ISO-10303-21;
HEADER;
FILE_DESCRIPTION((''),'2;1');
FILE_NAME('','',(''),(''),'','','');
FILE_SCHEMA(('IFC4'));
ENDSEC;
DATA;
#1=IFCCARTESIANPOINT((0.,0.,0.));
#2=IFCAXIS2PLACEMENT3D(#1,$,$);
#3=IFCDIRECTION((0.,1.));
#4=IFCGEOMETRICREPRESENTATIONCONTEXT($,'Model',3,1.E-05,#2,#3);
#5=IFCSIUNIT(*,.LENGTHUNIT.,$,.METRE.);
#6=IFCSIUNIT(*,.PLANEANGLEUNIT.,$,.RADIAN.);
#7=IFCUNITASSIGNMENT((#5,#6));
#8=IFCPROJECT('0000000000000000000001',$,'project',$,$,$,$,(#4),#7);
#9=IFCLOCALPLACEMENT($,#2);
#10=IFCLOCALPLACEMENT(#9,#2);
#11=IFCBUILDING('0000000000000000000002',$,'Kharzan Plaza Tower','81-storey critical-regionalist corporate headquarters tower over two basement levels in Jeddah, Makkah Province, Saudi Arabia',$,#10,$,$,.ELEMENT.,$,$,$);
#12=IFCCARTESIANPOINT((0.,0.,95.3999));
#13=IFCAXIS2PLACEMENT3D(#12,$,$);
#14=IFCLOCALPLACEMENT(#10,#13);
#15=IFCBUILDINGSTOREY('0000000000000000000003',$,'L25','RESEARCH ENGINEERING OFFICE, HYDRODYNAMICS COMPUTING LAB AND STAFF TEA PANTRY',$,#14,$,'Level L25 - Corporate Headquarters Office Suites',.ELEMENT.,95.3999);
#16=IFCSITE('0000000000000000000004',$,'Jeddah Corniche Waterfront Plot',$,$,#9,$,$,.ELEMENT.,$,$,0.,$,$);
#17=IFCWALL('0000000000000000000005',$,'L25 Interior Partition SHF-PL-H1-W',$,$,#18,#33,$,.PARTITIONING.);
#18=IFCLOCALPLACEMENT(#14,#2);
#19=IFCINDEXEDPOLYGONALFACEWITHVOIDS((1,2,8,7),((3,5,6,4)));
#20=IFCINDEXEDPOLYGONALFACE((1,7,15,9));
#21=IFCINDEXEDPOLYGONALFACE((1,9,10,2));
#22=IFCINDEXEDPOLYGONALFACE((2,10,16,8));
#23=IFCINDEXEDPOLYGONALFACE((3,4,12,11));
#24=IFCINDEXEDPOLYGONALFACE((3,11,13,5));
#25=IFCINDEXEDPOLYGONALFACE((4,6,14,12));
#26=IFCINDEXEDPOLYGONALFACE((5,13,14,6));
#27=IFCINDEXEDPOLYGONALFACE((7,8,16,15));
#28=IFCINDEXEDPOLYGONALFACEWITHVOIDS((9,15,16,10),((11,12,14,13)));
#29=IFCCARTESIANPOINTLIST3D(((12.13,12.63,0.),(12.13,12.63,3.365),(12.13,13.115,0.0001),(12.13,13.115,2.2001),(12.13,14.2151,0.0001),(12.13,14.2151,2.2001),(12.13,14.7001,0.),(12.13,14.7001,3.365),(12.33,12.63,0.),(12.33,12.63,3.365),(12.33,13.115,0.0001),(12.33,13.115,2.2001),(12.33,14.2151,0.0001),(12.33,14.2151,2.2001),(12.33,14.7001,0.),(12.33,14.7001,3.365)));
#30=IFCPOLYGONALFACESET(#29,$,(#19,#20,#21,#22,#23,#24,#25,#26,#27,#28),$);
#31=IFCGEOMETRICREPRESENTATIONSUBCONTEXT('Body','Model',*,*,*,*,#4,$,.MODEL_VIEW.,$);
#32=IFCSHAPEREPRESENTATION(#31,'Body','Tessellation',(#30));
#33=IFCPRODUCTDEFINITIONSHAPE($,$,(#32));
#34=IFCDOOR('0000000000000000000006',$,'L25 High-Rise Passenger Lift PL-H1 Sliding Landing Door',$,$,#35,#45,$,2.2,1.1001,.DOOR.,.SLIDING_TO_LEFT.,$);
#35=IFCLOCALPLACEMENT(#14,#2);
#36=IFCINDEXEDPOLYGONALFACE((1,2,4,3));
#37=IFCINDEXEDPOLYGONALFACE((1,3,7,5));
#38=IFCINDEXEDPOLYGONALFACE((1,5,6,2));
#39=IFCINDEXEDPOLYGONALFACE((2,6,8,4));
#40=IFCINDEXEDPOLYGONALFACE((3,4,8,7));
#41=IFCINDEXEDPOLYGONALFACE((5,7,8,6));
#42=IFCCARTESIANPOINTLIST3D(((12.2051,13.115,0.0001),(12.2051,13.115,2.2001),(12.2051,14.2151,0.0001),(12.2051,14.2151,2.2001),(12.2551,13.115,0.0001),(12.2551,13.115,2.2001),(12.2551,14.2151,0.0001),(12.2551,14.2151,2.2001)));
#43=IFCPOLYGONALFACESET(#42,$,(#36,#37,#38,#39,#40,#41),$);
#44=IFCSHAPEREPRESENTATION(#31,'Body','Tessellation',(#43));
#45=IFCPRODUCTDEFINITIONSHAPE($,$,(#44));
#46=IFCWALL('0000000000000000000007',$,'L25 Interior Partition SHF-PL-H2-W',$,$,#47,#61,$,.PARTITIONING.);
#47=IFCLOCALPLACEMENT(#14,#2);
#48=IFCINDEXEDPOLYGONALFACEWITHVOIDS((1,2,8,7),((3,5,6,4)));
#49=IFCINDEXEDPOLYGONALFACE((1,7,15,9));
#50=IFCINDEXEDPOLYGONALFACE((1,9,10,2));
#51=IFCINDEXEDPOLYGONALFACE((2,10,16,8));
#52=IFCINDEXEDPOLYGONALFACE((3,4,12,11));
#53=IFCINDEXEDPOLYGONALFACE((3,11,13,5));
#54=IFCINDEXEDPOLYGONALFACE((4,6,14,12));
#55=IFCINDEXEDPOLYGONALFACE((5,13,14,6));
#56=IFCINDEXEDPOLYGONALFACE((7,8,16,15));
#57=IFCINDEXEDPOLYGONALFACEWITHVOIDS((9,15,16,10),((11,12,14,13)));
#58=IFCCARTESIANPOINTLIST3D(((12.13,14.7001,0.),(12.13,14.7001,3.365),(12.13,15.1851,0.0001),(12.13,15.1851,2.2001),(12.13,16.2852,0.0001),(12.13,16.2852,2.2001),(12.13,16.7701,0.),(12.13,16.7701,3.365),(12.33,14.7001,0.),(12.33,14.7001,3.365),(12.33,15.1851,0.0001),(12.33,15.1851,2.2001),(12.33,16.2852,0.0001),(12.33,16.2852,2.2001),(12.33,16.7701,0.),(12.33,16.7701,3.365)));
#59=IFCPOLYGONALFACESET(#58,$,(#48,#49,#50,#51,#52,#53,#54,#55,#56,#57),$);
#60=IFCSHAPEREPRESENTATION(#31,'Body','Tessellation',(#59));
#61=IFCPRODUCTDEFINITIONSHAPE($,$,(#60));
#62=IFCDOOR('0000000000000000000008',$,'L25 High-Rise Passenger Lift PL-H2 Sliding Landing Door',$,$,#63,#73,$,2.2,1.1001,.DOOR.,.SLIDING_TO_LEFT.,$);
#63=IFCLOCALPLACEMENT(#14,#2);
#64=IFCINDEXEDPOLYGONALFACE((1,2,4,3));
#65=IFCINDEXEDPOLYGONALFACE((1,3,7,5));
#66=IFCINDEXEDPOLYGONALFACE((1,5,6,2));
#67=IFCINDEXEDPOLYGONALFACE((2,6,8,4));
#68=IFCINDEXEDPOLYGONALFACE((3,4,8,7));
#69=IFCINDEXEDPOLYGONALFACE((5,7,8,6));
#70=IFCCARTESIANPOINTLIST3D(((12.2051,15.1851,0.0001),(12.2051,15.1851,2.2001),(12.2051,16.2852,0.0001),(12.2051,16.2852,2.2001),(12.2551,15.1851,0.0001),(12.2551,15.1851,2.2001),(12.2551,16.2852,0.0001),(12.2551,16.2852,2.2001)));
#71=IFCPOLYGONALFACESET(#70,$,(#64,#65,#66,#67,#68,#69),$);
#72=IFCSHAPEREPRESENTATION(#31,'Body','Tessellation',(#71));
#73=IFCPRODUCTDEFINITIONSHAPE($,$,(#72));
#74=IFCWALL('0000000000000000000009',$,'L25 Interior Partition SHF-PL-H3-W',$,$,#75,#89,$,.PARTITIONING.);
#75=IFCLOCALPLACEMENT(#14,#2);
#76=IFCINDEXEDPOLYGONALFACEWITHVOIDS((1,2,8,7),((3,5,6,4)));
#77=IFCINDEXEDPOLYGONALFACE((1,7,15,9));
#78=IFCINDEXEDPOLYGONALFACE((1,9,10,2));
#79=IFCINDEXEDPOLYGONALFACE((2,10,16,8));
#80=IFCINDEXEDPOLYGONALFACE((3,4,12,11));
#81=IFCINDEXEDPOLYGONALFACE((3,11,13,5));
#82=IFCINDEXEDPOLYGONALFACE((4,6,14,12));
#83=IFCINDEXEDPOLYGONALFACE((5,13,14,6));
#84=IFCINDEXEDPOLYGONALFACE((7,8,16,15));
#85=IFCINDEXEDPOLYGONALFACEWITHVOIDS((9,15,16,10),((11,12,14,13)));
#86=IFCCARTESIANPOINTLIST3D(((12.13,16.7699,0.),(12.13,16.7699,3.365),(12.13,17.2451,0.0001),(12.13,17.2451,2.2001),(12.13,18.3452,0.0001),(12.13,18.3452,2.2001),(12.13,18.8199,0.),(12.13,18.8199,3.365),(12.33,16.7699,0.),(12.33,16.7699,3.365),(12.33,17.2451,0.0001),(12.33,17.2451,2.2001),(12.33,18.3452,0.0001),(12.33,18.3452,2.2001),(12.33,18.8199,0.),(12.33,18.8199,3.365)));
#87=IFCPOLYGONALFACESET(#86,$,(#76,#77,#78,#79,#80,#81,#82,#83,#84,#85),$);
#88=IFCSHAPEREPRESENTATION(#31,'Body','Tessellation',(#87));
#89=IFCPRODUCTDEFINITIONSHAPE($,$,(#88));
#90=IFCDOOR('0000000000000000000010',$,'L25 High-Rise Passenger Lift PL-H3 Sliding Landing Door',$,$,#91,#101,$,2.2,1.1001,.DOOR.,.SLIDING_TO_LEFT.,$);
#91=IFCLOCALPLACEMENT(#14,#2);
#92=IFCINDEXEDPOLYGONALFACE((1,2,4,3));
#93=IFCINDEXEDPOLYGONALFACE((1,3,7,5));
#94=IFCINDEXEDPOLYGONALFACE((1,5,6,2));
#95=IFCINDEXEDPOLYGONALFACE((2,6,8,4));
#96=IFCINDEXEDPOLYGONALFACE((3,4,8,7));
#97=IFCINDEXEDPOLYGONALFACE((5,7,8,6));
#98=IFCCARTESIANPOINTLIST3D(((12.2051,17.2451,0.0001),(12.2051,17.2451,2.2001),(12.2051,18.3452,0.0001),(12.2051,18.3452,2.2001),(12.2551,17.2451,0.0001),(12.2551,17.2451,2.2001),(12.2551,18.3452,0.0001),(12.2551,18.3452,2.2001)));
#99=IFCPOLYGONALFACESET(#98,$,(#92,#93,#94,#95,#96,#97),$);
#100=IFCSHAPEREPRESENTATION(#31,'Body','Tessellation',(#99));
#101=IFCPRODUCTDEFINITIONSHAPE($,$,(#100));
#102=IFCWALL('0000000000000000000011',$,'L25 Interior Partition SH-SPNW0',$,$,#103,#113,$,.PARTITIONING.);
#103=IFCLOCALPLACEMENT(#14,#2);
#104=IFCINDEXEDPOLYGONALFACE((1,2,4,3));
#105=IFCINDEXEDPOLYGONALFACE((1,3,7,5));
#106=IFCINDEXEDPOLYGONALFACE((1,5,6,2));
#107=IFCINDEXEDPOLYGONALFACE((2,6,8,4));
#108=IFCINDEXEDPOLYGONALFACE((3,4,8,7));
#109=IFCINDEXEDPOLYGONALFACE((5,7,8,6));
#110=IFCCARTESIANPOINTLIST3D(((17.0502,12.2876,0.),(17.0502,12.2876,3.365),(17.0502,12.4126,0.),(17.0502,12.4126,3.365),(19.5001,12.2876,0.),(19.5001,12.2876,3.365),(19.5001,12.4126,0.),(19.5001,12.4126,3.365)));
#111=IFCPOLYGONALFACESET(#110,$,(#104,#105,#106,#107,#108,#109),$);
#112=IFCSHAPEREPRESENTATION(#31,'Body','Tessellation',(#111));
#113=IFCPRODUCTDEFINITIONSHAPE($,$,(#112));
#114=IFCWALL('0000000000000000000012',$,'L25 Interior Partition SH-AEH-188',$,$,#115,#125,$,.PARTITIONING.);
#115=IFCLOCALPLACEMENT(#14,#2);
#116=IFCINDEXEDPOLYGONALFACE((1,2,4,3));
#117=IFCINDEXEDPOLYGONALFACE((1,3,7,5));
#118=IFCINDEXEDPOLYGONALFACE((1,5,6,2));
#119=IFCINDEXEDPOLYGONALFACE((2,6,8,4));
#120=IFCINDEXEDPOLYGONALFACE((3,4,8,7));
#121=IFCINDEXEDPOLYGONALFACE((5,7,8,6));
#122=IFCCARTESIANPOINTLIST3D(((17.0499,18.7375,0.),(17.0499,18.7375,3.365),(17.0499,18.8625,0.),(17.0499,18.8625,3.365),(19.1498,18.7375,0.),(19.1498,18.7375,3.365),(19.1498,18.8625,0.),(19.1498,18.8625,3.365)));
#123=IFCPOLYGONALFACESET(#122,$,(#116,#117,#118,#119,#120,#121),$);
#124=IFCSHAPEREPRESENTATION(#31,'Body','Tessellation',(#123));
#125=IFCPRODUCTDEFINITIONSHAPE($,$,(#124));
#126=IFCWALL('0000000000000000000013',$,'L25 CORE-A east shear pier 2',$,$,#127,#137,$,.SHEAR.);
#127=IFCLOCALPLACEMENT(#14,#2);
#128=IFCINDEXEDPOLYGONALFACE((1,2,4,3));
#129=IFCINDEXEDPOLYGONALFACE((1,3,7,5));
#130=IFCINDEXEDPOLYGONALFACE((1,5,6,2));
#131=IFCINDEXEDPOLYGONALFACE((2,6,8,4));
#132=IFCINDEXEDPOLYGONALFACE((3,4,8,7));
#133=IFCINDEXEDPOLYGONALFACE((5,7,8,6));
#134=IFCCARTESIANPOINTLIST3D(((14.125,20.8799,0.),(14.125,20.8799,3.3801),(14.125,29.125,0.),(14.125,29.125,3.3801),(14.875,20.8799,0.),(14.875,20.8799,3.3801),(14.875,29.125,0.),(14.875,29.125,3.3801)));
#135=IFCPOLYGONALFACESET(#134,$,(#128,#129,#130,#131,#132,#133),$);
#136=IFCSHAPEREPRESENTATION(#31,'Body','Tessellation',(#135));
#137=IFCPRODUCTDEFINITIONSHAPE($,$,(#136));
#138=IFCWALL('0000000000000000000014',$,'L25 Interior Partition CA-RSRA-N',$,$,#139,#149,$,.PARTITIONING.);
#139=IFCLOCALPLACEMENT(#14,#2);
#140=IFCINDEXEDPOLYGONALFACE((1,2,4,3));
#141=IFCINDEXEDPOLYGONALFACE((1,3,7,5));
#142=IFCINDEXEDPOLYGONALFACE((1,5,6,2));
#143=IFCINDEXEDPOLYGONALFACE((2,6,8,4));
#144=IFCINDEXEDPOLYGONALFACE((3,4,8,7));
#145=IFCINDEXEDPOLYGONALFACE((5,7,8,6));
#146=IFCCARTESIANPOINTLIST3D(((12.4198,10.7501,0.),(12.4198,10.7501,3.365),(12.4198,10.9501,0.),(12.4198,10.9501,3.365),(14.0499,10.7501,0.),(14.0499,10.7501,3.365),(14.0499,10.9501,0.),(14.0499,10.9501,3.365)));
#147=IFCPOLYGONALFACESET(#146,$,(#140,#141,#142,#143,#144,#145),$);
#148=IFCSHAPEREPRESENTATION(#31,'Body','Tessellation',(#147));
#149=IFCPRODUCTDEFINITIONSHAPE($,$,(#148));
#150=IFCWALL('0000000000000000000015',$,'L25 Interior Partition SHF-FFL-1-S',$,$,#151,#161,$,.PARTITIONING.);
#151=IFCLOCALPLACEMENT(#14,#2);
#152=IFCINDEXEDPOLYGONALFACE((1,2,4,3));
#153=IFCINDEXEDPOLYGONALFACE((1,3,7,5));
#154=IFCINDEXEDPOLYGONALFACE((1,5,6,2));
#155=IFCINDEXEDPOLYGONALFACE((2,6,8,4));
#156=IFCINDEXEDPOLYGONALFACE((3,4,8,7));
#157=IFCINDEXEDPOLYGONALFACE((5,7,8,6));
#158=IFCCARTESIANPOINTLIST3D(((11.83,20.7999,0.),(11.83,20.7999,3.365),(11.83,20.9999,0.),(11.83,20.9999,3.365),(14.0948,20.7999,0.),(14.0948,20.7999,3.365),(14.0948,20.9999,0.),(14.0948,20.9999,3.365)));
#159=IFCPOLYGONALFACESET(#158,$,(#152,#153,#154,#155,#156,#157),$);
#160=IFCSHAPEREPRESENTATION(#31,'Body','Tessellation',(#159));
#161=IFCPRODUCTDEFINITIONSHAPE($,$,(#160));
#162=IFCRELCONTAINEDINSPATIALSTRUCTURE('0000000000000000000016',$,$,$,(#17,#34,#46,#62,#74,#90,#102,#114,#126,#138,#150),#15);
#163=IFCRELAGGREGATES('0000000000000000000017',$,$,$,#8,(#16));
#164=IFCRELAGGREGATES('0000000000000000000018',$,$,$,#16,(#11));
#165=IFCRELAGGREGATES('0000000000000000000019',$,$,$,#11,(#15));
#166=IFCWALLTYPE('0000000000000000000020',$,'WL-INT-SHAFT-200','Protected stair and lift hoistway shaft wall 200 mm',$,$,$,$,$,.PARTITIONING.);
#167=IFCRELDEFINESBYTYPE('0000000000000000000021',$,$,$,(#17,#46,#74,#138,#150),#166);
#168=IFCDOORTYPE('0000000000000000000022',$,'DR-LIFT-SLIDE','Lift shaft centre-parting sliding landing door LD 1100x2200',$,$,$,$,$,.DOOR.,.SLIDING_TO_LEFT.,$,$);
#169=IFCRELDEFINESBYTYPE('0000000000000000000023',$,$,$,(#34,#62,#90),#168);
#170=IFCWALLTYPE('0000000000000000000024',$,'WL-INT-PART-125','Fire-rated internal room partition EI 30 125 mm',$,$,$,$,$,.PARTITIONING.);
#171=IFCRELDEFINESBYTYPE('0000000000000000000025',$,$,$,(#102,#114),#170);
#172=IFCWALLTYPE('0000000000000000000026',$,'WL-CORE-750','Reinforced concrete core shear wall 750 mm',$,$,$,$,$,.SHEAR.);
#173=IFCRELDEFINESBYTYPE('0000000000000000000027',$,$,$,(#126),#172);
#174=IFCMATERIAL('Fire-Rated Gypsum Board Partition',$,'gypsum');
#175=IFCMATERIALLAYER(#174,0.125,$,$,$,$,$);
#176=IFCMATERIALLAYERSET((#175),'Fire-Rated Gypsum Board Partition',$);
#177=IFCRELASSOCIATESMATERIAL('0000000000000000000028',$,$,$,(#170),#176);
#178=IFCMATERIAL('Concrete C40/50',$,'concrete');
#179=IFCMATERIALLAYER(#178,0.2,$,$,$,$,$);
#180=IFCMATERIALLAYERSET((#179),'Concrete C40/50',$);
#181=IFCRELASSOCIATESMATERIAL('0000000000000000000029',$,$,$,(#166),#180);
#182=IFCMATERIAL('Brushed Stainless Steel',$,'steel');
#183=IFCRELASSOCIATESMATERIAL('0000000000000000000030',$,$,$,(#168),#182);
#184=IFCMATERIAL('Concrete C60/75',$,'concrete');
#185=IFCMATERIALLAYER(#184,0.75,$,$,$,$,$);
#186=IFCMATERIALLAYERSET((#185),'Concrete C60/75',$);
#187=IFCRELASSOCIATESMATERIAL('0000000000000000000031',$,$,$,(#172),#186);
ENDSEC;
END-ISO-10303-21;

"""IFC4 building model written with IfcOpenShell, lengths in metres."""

from ifc_helpers import new_model, si_unit, direction, frame, frame_2d, origin, place, context, subcontext, project, spatial, rectangle, extrude, source, transform, mapped, material, layer, layer_set, type_object, element, fill, save


model = new_model("IFC4")

# Units and contexts
model_context = context("Model", 3, precision=1e-05, world=origin(), true_north=direction((0.0, 1.0)))
body_context = subcontext(model_context, "Body", "Model", "MODEL_VIEW")
ifc_project = project(units=[si_unit("LENGTHUNIT", "METRE"), si_unit("PLANEANGLEUNIT", "RADIAN")], contexts=[model_context])

# Site, building, storey
site_placement = place(None, origin())
site = spatial("IfcSite", under=ifc_project, at=site_placement, Name="Jeddah Corniche Waterfront Plot", CompositionType="ELEMENT", RefElevation=0.0)
building_placement = place(site_placement, origin())
building = spatial("IfcBuilding", under=site, at=building_placement, Name="Kharzan Plaza Tower", Description="81-storey critical-regionalist corporate headquarters tower over two basement levels in Jeddah, Makkah Province, Saudi Arabia", CompositionType="ELEMENT")
storey_placement = place(building_placement, frame((0.0, 0.0, 95.3999)))
storey = spatial("IfcBuildingStorey", under=building, at=storey_placement, Name="L25", Description="RESEARCH ENGINEERING OFFICE, HYDRODYNAMICS COMPUTING LAB AND STAFF TEA PANTRY", LongName="Level L25 - Corporate Headquarters Office Suites", CompositionType="ELEMENT", Elevation=95.3999)

# Shared definitions
ifc_material_1 = material(Name="Concrete C60/75", Category="concrete")

# Walls, openings, doors
ifc_material_2 = material(Name="Fire-Rated Gypsum Board Partition", Category="gypsum")
ifc_layer_1 = layer(ifc_material_2, 0.125)
ifc_layer_set_1 = layer_set([ifc_layer_1], Name="Fire-Rated Gypsum Board Partition")
wall_type_1 = type_object("IfcWallType", Name="WL-INT-PART-125", Description="Fire-rated internal room partition EI 30 125 mm", PredefinedType="PARTITIONING", material=ifc_layer_set_1)
ifc_material_3 = material(Name="Concrete C40/50", Category="concrete")
ifc_layer_2 = layer(ifc_material_3, 0.2)
ifc_layer_set_2 = layer_set([ifc_layer_2], Name="Concrete C40/50")
wall_type_2 = type_object("IfcWallType", Name="WL-INT-SHAFT-200", Description="Protected stair and lift hoistway shaft wall 200 mm", PredefinedType="PARTITIONING", material=ifc_layer_set_2)
ifc_material_4 = material(Name="Brushed Stainless Steel", Category="steel")
door_type_1 = type_object("IfcDoorType", Name="DR-LIFT-SLIDE", Description="Lift shaft centre-parting sliding landing door LD 1100x2200", OperationType="SLIDING_TO_LEFT", PredefinedType="DOOR", material=ifc_material_4)
shared_shape_1 = source(origin(), body_context, "Body", "SweptSolid", [
    extrude(rectangle(XDim=1.1001, YDim=2.2, at=frame_2d((0.55, 1.1001))), frame((0.0, 0.0249, 0.0), z_axis=(0.0, -1.0, 0.0), x_axis=(1.0, 0.0, 0.0)), (0.0, 0.0, 1.0), 0.05),
])
wall_1_placement = place(storey_placement, frame((12.23, 12.6299, 0.0), z_axis=(0.0, 0.0, 1.0), x_axis=(0.0, 1.0, 0.0)))
wall_1 = element("IfcWall", 1, at=wall_1_placement, inside=storey, type_object=wall_type_2, Name="L25 Interior Partition SHF-PL-H1-W", PredefinedType="PARTITIONING", context=body_context, shape_type="SweptSolid", body=[
    extrude(rectangle(XDim=2.0701, YDim=0.2, at=frame_2d((1.0352, 0.0))), origin(), (0.0, 0.0, 1.0), 3.365),
])
opening_1_placement = place(wall_1_placement, frame((0.4851, 0.0, 0.0)))
opening_1 = element("IfcOpeningElement", 2, at=opening_1_placement, cuts=wall_1, PredefinedType="OPENING", context=body_context, shape_type="SweptSolid", body=[
    extrude(rectangle(XDim=1.1001, YDim=2.2, at=frame_2d((0.55, 1.1001))), frame((0.0, 0.1099, 0.0), z_axis=(0.0, -1.0, 0.0), x_axis=(1.0, 0.0, 0.0)), (0.0, 0.0, 1.0), 0.22),
])
door_1_placement = place(opening_1_placement, origin())
door_1 = element("IfcDoor", 3, at=door_1_placement, inside=storey, type_object=door_type_1, Name="L25 High-Rise Passenger Lift PL-H1 Sliding Landing Door", OperationType="SLIDING_TO_LEFT", OverallHeight=2.2, OverallWidth=1.1001, PredefinedType="DOOR", context=body_context, shape_type="MappedRepresentation", body=[
    mapped(shared_shape_1, transform((0.0, 0.0, 0.0), x_axis=(1.0, 0.0, 0.0), y_axis=(0.0, 1.0, 0.0), z_axis=(0.0, 0.0, 1.0))),
])
fill(opening_1, door_1)
wall_2_placement = place(storey_placement, frame((12.23, 14.7, 0.0), z_axis=(0.0, 0.0, 1.0), x_axis=(0.0, 1.0, 0.0)))
wall_2 = element("IfcWall", 4, at=wall_2_placement, inside=storey, type_object=wall_type_2, Name="L25 Interior Partition SHF-PL-H2-W", PredefinedType="PARTITIONING", context=body_context, shape_type="SweptSolid", body=[
    extrude(rectangle(XDim=2.0701, YDim=0.2, at=frame_2d((1.0352, 0.0))), origin(), (0.0, 0.0, 1.0), 3.365),
])
opening_2_placement = place(wall_2_placement, frame((0.4851, 0.0, 0.0)))
opening_2 = element("IfcOpeningElement", 5, at=opening_2_placement, cuts=wall_2, PredefinedType="OPENING", context=body_context, shape_type="SweptSolid", body=[
    extrude(rectangle(XDim=1.1001, YDim=2.2, at=frame_2d((0.55, 1.1001))), frame((0.0, 0.1099, 0.0), z_axis=(0.0, -1.0, 0.0), x_axis=(1.0, 0.0, 0.0)), (0.0, 0.0, 1.0), 0.22),
])
door_2_placement = place(opening_2_placement, origin())
door_2 = element("IfcDoor", 6, at=door_2_placement, inside=storey, type_object=door_type_1, Name="L25 High-Rise Passenger Lift PL-H2 Sliding Landing Door", OperationType="SLIDING_TO_LEFT", OverallHeight=2.2, OverallWidth=1.1001, PredefinedType="DOOR", context=body_context, shape_type="MappedRepresentation", body=[
    mapped(shared_shape_1, transform((0.0, 0.0, 0.0), x_axis=(1.0, 0.0, 0.0), y_axis=(0.0, 1.0, 0.0), z_axis=(0.0, 0.0, 1.0))),
])
fill(opening_2, door_2)
wall_3_placement = place(storey_placement, frame((12.23, 16.77, 0.0), z_axis=(0.0, 0.0, 1.0), x_axis=(0.0, 1.0, 0.0)))
wall_3 = element("IfcWall", 7, at=wall_3_placement, inside=storey, type_object=wall_type_2, Name="L25 Interior Partition SHF-PL-H3-W", PredefinedType="PARTITIONING", context=body_context, shape_type="SweptSolid", body=[
    extrude(rectangle(XDim=2.05, YDim=0.2, at=frame_2d((1.0249, 0.0))), origin(), (0.0, 0.0, 1.0), 3.365),
])
opening_3_placement = place(wall_3_placement, frame((0.4751, 0.0, 0.0)))
opening_3 = element("IfcOpeningElement", 8, at=opening_3_placement, cuts=wall_3, PredefinedType="OPENING", context=body_context, shape_type="SweptSolid", body=[
    extrude(rectangle(XDim=1.1001, YDim=2.2, at=frame_2d((0.55, 1.1001))), frame((0.0, 0.1099, 0.0), z_axis=(0.0, -1.0, 0.0), x_axis=(1.0, 0.0, 0.0)), (0.0, 0.0, 1.0), 0.22),
])
door_3_placement = place(opening_3_placement, origin())
door_3 = element("IfcDoor", 9, at=door_3_placement, inside=storey, type_object=door_type_1, Name="L25 High-Rise Passenger Lift PL-H3 Sliding Landing Door", OperationType="SLIDING_TO_LEFT", OverallHeight=2.2, OverallWidth=1.1001, PredefinedType="DOOR", context=body_context, shape_type="MappedRepresentation", body=[
    mapped(shared_shape_1, transform((0.0, 0.0, 0.0), x_axis=(1.0, 0.0, 0.0), y_axis=(0.0, 1.0, 0.0), z_axis=(0.0, 0.0, 1.0))),
])
fill(opening_3, door_3)

# Walls
shared_shape_2 = source(origin(), body_context, "Body", "SweptSolid", [
    extrude(rectangle(XDim=2.45, YDim=0.125, at=frame_2d((1.2251, 0.0))), origin(), (0.0, 0.0, 1.0), 3.365),
])
wall_4_placement = place(storey_placement, frame((17.05, 12.3501, 0.0), z_axis=(0.0, 0.0, 1.0), x_axis=(1.0, 0.0, 0.0)))
element("IfcWall", 10, at=wall_4_placement, inside=storey, type_object=wall_type_1, Name="L25 Interior Partition SH-SPNW0", PredefinedType="PARTITIONING", context=body_context, shape_type="MappedRepresentation", body=[
    mapped(shared_shape_2, transform((0.0, 0.0, 0.0), x_axis=(1.0, 0.0, 0.0), y_axis=(0.0, 1.0, 0.0), z_axis=(0.0, 0.0, 1.0))),
])
shared_shape_3 = source(origin(), body_context, "Body", "SweptSolid", [
    extrude(rectangle(XDim=2.0999, YDim=0.125, at=frame_2d((1.0498, 0.0))), origin(), (0.0, 0.0, 1.0), 3.365),
])
wall_5_placement = place(storey_placement, frame((17.05, 18.8, 0.0), z_axis=(0.0, 0.0, 1.0), x_axis=(1.0, 0.0, 0.0)))
element("IfcWall", 11, at=wall_5_placement, inside=storey, type_object=wall_type_1, Name="L25 Interior Partition SH-AEH-188", PredefinedType="PARTITIONING", context=body_context, shape_type="MappedRepresentation", body=[
    mapped(shared_shape_3, transform((0.0, 0.0, 0.0), x_axis=(1.0, 0.0, 0.0), y_axis=(0.0, 1.0, 0.0), z_axis=(0.0, 0.0, 1.0))),
])
ifc_layer_3 = layer(ifc_material_1, 0.75)
ifc_layer_set_3 = layer_set([ifc_layer_3], Name="Concrete C60/75")
wall_type_3 = type_object("IfcWallType", Name="WL-CORE-750", Description="Reinforced concrete core shear wall 750 mm", PredefinedType="SHEAR", material=ifc_layer_set_3)
shared_shape_4 = source(origin(), body_context, "Body", "SweptSolid", [
    extrude(rectangle(XDim=8.2451, YDim=0.75, at=frame_2d((4.1226, 0.0))), origin(), (0.0, 0.0, 1.0), 3.3801),
])
wall_6_placement = place(storey_placement, frame((14.5, 20.8799, 0.0), z_axis=(0.0, 0.0, 1.0), x_axis=(0.0, 1.0, 0.0)))
element("IfcWall", 12, at=wall_6_placement, inside=storey, type_object=wall_type_3, Name="L25 CORE-A east shear pier 2", PredefinedType="SHEAR", context=body_context, shape_type="MappedRepresentation", body=[
    mapped(shared_shape_4, transform((0.0, 0.0, 0.0), x_axis=(1.0, 0.0, 0.0), y_axis=(0.0, 1.0, 0.0), z_axis=(0.0, 0.0, 1.0))),
])
shared_shape_5 = source(origin(), body_context, "Body", "SweptSolid", [
    extrude(rectangle(XDim=1.6301, YDim=0.2, at=frame_2d((0.8149, 0.0))), origin(), (0.0, 0.0, 1.0), 3.365),
])
wall_7_placement = place(storey_placement, frame((12.4199, 10.8501, 0.0), z_axis=(0.0, 0.0, 1.0), x_axis=(1.0, 0.0, 0.0)))
element("IfcWall", 13, at=wall_7_placement, inside=storey, type_object=wall_type_2, Name="L25 Interior Partition CA-RSRA-N", PredefinedType="PARTITIONING", context=body_context, shape_type="MappedRepresentation", body=[
    mapped(shared_shape_5, transform((0.0, 0.0, 0.0), x_axis=(1.0, 0.0, 0.0), y_axis=(0.0, 1.0, 0.0), z_axis=(0.0, 0.0, 1.0))),
])
shared_shape_6 = source(origin(), body_context, "Body", "SweptSolid", [
    extrude(rectangle(XDim=2.2649, YDim=0.2, at=frame_2d((1.1323, 0.0))), origin(), (0.0, 0.0, 1.0), 3.365),
])
wall_8_placement = place(storey_placement, frame((11.8301, 20.8999, 0.0), z_axis=(0.0, 0.0, 1.0), x_axis=(1.0, 0.0, 0.0)))
element("IfcWall", 14, at=wall_8_placement, inside=storey, type_object=wall_type_2, Name="L25 Interior Partition SHF-FFL-1-S", PredefinedType="PARTITIONING", context=body_context, shape_type="MappedRepresentation", body=[
    mapped(shared_shape_6, transform((0.0, 0.0, 0.0), x_axis=(1.0, 0.0, 0.0), y_axis=(0.0, 1.0, 0.0), z_axis=(0.0, 0.0, 1.0))),
])

save(model, "model.ifc")
